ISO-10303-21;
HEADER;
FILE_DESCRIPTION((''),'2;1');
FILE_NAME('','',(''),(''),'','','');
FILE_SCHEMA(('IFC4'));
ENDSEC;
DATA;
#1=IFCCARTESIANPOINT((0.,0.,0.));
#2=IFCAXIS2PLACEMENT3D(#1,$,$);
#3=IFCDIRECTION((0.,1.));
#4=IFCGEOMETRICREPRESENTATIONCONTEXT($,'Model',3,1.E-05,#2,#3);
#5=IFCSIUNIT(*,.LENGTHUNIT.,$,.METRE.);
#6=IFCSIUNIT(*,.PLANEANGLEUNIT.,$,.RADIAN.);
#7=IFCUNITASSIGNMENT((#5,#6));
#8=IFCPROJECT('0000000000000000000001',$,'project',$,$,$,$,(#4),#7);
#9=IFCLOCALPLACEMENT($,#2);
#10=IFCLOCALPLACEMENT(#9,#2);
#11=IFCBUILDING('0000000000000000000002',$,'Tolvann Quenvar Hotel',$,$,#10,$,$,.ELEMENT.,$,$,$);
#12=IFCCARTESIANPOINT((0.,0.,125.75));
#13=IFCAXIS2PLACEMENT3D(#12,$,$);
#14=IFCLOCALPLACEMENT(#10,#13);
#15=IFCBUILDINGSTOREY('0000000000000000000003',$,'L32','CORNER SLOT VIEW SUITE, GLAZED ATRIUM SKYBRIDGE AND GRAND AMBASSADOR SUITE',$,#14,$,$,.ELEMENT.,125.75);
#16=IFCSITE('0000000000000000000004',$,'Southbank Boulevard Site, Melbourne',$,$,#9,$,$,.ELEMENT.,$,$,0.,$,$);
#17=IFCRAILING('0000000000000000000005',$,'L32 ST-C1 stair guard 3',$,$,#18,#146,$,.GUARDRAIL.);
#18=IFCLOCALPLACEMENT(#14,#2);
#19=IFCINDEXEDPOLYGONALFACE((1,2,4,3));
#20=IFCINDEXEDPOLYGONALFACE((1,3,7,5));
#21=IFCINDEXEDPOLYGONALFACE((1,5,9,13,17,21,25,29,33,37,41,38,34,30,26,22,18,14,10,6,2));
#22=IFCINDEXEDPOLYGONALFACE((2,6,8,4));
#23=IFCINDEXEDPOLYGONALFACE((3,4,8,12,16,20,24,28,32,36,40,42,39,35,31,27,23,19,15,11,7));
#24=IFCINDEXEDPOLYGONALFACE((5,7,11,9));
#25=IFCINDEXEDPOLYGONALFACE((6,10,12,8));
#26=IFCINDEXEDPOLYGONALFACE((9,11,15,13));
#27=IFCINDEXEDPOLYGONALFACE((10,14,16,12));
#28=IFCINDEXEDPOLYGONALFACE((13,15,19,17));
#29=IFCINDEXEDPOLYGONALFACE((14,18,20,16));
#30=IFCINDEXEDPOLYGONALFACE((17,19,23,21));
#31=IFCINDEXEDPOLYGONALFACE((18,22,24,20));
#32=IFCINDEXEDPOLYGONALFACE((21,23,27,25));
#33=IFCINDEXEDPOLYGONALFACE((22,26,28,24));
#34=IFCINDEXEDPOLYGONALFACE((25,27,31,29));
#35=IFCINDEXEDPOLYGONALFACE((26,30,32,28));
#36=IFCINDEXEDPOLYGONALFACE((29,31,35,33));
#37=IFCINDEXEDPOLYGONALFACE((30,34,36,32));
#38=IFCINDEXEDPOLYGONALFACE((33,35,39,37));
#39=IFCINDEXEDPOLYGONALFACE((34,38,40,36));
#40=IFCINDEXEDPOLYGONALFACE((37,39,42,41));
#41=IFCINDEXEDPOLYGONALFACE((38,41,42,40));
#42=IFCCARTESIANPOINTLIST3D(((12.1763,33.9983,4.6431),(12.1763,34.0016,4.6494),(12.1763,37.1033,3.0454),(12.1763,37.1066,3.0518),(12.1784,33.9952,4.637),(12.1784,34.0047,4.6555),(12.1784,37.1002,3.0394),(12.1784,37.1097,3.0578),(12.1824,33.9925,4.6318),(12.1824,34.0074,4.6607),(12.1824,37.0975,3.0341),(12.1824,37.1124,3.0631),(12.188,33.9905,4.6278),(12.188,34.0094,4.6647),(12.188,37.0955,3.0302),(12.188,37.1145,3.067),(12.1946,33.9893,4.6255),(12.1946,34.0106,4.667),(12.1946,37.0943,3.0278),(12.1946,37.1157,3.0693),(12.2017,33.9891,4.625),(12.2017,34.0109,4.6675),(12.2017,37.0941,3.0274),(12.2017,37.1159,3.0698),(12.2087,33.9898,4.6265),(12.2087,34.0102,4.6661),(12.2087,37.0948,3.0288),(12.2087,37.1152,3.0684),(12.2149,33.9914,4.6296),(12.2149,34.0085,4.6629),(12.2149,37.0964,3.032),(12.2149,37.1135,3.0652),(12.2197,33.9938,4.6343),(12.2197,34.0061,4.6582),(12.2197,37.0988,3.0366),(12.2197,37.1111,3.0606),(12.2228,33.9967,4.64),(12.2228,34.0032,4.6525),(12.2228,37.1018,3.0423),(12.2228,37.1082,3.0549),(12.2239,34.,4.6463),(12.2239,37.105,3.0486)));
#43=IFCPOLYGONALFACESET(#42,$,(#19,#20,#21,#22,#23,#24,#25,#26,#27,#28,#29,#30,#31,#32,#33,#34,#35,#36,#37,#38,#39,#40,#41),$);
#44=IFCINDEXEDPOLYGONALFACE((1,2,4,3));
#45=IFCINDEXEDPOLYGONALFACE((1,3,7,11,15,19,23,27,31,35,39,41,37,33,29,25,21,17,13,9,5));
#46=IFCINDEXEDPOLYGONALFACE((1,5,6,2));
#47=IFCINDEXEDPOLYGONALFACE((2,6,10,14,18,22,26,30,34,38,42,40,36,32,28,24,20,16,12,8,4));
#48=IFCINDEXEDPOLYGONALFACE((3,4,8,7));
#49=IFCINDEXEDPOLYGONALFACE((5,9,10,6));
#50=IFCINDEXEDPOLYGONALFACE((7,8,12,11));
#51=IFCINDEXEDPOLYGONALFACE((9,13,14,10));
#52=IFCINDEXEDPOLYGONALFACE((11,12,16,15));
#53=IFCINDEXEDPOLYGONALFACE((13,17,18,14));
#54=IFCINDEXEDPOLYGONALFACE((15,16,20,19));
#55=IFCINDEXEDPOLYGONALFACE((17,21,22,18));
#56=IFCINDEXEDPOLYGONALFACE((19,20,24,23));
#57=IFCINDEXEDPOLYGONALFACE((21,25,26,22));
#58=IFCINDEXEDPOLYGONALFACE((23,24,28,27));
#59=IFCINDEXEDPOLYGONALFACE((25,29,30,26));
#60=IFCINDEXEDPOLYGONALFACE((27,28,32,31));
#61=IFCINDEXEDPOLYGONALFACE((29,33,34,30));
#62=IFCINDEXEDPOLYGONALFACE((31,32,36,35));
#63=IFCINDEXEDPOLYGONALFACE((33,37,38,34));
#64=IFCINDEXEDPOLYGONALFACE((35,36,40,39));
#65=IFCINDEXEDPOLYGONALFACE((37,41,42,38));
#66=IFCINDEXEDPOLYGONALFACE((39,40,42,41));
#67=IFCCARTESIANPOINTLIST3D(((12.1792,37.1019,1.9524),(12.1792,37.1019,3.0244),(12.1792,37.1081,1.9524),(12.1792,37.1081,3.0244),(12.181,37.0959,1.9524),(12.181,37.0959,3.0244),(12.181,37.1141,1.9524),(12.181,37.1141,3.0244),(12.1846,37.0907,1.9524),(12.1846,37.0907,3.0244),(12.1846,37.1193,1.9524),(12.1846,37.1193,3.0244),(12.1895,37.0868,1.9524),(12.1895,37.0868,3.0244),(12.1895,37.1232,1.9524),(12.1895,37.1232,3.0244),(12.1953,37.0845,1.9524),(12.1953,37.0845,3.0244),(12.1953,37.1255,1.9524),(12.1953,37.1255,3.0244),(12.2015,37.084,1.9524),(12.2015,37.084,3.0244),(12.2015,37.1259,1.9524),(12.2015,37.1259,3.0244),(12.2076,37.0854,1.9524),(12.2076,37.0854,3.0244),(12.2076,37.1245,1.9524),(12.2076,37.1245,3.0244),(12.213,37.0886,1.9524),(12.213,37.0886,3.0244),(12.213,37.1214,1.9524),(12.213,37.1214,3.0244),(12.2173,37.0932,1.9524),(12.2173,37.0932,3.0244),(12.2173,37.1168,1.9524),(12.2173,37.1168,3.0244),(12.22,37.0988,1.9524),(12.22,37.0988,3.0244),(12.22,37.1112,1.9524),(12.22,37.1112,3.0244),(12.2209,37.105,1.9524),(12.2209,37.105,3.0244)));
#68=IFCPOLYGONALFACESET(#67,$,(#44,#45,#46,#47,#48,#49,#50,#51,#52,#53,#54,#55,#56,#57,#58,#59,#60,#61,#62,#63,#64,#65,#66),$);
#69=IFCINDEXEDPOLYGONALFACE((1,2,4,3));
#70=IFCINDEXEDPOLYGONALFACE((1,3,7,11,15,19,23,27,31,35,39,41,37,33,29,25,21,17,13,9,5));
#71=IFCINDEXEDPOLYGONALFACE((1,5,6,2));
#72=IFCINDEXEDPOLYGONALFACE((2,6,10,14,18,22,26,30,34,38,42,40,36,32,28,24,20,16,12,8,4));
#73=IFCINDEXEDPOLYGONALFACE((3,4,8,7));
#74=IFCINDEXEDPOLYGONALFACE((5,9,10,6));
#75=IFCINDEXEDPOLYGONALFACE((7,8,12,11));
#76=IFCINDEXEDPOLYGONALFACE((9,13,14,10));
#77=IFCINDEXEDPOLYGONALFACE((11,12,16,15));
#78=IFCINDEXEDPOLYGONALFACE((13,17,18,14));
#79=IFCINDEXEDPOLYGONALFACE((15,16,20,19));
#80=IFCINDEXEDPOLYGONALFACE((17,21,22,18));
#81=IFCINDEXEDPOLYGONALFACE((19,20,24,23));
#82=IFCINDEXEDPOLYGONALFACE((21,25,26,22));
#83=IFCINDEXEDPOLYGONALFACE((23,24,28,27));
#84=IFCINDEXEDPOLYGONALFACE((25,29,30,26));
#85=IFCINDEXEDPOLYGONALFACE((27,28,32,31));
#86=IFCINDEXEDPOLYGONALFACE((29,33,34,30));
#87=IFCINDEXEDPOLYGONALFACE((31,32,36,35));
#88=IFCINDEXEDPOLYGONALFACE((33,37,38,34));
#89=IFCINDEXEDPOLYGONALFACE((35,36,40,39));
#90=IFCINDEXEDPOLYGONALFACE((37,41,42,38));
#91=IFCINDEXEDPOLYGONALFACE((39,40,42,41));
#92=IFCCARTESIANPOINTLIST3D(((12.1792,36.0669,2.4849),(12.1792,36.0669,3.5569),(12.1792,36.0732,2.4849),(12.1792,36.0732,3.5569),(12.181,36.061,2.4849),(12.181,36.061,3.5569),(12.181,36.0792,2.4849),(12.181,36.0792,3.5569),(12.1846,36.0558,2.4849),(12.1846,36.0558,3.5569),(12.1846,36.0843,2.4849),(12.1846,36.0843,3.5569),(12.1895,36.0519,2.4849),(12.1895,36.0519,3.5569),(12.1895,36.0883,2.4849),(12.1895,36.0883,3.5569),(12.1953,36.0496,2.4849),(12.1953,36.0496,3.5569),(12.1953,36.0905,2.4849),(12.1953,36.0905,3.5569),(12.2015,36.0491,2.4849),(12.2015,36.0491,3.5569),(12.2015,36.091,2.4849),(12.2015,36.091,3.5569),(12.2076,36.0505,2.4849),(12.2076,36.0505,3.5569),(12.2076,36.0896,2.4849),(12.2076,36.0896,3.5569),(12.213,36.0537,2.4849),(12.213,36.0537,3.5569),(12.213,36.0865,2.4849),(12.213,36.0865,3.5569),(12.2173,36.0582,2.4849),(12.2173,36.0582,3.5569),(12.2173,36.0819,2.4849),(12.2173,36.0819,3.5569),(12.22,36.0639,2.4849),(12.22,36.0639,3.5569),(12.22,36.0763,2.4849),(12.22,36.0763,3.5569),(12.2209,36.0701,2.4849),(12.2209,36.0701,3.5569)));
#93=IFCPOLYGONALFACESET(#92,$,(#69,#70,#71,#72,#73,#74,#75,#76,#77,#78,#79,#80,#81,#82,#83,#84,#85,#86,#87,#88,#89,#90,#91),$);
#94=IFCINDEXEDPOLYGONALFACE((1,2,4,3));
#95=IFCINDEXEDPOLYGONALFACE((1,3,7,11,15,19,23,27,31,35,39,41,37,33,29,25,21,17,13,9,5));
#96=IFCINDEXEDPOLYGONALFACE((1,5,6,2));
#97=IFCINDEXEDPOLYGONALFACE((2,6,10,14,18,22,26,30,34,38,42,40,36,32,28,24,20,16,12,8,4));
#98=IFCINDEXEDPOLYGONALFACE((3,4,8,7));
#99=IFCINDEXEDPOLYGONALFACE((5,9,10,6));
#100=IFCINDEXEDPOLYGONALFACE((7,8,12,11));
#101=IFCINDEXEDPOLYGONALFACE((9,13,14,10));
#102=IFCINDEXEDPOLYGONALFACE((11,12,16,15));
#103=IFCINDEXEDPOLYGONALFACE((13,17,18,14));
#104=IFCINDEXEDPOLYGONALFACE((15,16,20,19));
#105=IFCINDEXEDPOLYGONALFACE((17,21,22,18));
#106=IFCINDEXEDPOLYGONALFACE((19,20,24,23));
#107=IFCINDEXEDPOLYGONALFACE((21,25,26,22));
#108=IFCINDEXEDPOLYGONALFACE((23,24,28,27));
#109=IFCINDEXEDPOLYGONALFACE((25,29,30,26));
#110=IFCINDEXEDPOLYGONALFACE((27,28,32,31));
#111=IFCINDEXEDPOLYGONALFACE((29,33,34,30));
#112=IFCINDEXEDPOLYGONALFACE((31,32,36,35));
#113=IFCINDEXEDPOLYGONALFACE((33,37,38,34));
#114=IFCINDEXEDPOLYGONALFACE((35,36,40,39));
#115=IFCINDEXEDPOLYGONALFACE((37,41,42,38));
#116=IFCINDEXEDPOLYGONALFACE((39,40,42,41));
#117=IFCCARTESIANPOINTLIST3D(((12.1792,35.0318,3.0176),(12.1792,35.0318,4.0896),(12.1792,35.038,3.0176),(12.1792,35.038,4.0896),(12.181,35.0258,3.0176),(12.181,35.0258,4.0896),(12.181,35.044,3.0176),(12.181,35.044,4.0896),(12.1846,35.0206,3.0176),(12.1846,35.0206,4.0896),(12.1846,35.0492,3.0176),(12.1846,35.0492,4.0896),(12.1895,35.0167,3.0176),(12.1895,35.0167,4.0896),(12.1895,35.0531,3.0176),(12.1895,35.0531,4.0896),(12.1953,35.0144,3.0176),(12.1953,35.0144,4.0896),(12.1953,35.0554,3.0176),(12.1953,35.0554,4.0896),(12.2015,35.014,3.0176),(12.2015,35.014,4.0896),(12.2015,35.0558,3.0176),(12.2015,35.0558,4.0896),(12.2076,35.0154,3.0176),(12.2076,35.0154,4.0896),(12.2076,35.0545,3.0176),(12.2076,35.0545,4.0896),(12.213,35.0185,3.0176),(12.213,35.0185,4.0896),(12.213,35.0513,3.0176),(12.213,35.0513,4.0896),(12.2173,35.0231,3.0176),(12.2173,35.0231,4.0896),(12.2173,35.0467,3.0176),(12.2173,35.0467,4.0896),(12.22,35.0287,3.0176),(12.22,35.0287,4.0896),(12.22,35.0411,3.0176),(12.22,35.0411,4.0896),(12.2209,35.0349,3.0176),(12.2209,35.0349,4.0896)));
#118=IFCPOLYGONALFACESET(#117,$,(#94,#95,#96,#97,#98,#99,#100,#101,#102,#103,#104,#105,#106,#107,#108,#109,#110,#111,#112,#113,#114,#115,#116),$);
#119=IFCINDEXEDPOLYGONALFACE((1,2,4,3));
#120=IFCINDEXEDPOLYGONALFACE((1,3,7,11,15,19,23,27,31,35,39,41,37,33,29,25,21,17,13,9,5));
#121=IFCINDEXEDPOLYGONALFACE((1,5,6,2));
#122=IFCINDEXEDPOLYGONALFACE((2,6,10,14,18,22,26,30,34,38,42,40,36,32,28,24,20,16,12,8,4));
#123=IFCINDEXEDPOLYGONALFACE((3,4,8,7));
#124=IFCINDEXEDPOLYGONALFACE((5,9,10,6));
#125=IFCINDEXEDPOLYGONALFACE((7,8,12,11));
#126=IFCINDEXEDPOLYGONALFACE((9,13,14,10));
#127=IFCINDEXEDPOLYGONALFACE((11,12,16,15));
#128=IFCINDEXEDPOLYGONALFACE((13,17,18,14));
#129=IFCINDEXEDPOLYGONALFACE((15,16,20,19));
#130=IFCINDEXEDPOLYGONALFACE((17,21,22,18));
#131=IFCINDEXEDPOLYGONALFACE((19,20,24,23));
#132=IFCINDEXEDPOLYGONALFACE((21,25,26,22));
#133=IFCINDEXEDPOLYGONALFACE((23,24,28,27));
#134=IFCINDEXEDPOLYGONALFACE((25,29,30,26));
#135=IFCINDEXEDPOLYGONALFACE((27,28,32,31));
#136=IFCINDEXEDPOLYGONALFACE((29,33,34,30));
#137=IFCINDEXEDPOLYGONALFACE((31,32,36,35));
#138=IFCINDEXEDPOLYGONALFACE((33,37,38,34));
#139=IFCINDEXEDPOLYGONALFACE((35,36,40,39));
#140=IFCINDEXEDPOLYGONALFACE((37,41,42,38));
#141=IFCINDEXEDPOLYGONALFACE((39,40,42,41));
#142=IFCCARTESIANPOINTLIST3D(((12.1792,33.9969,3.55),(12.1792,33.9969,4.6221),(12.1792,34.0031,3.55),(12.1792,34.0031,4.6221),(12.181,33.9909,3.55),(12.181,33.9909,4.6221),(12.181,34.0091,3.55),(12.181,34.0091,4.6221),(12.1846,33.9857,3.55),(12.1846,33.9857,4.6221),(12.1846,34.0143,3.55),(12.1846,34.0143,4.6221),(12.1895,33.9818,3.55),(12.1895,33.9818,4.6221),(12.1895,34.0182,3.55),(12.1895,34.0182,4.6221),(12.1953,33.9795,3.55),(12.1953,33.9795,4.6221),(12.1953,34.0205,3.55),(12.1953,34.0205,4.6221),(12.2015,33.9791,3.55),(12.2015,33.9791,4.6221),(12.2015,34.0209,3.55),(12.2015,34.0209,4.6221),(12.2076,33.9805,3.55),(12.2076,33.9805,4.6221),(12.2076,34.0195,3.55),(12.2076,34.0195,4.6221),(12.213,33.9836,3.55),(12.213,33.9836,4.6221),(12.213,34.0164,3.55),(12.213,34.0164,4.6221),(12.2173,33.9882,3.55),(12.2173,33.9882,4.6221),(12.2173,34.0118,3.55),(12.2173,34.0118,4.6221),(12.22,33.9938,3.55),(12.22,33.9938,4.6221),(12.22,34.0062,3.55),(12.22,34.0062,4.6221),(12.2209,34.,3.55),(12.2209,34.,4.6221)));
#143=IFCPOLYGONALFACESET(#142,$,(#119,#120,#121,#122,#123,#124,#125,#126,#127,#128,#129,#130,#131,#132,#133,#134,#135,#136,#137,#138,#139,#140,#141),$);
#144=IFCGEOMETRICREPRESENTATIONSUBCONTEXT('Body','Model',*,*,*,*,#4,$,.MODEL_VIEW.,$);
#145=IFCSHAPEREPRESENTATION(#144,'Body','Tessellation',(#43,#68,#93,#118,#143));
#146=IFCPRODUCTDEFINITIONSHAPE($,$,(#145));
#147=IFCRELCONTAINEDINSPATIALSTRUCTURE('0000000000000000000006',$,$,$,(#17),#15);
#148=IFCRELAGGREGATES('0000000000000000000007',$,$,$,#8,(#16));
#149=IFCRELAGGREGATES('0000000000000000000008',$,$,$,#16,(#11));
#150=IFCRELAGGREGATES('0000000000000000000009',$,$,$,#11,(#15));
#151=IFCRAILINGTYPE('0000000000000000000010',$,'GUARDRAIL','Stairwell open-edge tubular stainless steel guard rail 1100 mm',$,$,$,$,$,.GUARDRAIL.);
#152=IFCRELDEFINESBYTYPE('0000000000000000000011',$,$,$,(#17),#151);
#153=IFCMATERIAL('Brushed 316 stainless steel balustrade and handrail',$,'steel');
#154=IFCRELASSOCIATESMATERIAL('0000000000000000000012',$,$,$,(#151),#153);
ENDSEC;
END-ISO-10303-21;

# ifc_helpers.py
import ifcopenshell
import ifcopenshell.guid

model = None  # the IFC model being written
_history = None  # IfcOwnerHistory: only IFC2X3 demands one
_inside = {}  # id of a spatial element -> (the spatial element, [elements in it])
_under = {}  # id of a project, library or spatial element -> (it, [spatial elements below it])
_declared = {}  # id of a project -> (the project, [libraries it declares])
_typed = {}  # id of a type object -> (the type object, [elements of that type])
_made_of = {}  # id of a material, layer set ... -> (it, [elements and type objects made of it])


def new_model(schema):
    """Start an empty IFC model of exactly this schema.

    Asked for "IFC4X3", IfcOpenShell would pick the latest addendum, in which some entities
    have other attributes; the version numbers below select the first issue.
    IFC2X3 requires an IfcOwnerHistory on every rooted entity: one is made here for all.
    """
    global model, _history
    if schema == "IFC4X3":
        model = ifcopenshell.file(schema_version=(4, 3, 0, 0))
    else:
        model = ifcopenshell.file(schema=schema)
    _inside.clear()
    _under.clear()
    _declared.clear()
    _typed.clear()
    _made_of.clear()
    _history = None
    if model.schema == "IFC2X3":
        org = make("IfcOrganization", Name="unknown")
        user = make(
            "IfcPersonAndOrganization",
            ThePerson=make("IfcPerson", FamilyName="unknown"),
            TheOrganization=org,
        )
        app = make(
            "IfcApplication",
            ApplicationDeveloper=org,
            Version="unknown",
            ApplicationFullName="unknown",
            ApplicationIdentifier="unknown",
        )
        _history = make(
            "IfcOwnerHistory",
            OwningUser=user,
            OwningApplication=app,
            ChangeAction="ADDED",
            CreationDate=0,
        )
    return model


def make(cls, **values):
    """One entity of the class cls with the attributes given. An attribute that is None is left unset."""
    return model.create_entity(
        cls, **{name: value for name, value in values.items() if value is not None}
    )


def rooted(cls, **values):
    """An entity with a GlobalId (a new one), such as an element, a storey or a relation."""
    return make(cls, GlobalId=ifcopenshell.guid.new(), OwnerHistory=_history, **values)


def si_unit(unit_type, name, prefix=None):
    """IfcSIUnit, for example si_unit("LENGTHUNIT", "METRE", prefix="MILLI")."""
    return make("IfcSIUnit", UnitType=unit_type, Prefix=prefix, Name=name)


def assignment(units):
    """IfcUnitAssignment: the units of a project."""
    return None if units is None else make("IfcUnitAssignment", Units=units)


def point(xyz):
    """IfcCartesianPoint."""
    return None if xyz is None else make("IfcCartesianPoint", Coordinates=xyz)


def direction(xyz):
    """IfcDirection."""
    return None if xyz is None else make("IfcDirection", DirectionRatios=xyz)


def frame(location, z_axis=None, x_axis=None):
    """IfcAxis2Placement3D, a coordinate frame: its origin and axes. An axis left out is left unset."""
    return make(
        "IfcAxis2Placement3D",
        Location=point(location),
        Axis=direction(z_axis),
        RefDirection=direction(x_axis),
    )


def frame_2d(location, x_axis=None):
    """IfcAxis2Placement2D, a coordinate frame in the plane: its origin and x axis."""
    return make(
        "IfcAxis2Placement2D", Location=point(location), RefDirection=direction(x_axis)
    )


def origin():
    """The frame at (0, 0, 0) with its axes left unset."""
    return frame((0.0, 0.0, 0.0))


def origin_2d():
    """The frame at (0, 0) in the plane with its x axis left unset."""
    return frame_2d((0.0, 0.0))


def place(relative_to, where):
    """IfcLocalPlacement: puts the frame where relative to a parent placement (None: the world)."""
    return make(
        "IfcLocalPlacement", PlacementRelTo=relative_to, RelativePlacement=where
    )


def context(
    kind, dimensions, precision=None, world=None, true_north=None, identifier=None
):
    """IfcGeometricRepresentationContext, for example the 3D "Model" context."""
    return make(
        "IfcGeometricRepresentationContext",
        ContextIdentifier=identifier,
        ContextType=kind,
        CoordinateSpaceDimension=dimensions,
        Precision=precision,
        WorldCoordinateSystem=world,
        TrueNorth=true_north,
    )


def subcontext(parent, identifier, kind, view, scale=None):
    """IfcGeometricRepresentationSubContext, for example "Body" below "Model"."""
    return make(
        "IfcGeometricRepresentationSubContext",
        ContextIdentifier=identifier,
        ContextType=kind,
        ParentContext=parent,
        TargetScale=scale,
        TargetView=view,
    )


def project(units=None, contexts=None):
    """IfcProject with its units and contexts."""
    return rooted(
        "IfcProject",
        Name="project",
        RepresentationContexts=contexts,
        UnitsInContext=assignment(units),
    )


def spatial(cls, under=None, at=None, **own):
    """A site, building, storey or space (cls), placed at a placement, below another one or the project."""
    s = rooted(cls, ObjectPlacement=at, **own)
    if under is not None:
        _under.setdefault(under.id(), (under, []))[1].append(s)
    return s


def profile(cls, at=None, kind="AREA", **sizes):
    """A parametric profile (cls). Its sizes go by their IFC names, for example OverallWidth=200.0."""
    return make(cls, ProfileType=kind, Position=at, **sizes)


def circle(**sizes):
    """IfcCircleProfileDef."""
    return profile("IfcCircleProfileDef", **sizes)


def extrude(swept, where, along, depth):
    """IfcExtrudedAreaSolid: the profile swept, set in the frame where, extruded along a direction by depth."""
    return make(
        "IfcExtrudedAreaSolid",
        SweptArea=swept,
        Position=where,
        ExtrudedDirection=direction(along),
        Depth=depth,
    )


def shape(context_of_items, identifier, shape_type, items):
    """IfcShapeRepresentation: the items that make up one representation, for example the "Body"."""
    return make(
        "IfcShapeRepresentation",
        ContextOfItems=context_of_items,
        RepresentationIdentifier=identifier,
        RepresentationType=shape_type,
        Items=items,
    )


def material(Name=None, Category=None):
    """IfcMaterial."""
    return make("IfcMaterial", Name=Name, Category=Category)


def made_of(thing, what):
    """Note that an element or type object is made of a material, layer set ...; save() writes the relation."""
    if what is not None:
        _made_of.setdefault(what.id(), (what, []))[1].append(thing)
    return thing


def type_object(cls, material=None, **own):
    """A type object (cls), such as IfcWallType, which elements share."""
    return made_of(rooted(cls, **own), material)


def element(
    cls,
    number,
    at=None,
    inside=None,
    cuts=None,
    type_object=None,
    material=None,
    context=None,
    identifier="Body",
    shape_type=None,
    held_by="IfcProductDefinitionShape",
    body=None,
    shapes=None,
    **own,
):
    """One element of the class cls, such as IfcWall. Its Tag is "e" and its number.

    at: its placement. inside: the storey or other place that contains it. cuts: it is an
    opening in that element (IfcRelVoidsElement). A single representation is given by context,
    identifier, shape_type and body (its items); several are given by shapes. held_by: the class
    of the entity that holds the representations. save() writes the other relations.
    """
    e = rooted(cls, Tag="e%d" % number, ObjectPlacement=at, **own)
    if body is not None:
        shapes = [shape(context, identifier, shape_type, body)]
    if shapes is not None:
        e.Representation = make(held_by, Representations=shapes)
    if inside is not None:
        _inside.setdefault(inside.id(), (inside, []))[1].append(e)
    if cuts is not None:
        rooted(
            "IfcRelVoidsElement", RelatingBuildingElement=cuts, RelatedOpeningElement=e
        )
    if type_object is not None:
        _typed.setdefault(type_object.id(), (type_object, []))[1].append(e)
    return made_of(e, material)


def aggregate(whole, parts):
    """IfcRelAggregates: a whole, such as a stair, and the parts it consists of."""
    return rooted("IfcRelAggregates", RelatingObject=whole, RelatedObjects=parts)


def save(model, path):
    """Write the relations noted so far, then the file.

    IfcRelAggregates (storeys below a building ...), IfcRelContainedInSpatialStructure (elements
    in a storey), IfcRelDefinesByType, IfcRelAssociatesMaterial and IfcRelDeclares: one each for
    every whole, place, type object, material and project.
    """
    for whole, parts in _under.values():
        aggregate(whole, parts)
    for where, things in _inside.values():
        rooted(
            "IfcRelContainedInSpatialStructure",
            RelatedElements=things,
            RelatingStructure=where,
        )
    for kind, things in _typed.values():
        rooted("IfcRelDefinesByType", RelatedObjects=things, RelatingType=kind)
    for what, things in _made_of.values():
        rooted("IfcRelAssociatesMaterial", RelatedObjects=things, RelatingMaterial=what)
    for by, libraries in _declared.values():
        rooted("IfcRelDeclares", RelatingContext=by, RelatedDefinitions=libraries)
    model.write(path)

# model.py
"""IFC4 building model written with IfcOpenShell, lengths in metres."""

from ifc_helpers import new_model, si_unit, direction, frame, origin, origin_2d, place, context, subcontext, project, spatial, circle, extrude, material, type_object, element, save


model = new_model("IFC4")

# Units and contexts
model_context = context("Model", 3, precision=1e-05, world=origin(), true_north=direction((0.0, 1.0)))
body_context = subcontext(model_context, "Body", "Model", "MODEL_VIEW")
ifc_project = project(units=[si_unit("LENGTHUNIT", "METRE"), si_unit("PLANEANGLEUNIT", "RADIAN")], contexts=[model_context])

# Site, building, storey
site_placement = place(None, origin())
site = spatial("IfcSite", under=ifc_project, at=site_placement, Name="Southbank Boulevard Site, Melbourne", CompositionType="ELEMENT", RefElevation=0.0)
building_placement = place(site_placement, origin())
building = spatial("IfcBuilding", under=site, at=building_placement, Name="Tolvann Quenvar Hotel", CompositionType="ELEMENT")
storey_placement = place(building_placement, frame((0.0, 0.0, 125.75)))
storey = spatial("IfcBuildingStorey", under=building, at=storey_placement, Name="L32", Description="CORNER SLOT VIEW SUITE, GLAZED ATRIUM SKYBRIDGE AND GRAND AMBASSADOR SUITE", CompositionType="ELEMENT", Elevation=125.75)

# Railing
ifc_material_1 = material(Name="Brushed 316 stainless steel balustrade and handrail", Category="steel")
railing_type_1 = type_object("IfcRailingType", Name="GUARDRAIL", Description="Stairwell open-edge tubular stainless steel guard rail 1100 mm", PredefinedType="GUARDRAIL", material=ifc_material_1)
railing_1_placement = place(storey_placement, frame((12.2, 37.105, 1.9524)))
element("IfcRailing", 1, at=railing_1_placement, inside=storey, type_object=railing_type_1, Name="L32 ST-C1 stair guard 3", PredefinedType="GUARDRAIL", context=body_context, shape_type="SweptSolid", body=[
    extrude(circle(Radius=0.0239, at=origin_2d()), frame((0.0, 0.0, 1.0962), z_axis=(0.0, -0.889194, 0.457531), x_axis=(1.0, 0.0, 0.0)), (0.0, 0.0, 1.0), 3.4919),
    extrude(circle(Radius=0.021, at=origin_2d()), origin(), (0.0, 0.0, 1.0), 1.072),
    extrude(circle(Radius=0.021, at=origin_2d()), frame((0.0, -1.0349, 0.5325)), (0.0, 0.0, 1.0), 1.072),
    extrude(circle(Radius=0.021, at=origin_2d()), frame((0.0, -2.0701, 1.0652)), (0.0, 0.0, 1.0), 1.072),
    extrude(circle(Radius=0.021, at=origin_2d()), frame((0.0, -3.105, 1.5977)), (0.0, 0.0, 1.0), 1.072),
])

save(model, "model.ifc")
